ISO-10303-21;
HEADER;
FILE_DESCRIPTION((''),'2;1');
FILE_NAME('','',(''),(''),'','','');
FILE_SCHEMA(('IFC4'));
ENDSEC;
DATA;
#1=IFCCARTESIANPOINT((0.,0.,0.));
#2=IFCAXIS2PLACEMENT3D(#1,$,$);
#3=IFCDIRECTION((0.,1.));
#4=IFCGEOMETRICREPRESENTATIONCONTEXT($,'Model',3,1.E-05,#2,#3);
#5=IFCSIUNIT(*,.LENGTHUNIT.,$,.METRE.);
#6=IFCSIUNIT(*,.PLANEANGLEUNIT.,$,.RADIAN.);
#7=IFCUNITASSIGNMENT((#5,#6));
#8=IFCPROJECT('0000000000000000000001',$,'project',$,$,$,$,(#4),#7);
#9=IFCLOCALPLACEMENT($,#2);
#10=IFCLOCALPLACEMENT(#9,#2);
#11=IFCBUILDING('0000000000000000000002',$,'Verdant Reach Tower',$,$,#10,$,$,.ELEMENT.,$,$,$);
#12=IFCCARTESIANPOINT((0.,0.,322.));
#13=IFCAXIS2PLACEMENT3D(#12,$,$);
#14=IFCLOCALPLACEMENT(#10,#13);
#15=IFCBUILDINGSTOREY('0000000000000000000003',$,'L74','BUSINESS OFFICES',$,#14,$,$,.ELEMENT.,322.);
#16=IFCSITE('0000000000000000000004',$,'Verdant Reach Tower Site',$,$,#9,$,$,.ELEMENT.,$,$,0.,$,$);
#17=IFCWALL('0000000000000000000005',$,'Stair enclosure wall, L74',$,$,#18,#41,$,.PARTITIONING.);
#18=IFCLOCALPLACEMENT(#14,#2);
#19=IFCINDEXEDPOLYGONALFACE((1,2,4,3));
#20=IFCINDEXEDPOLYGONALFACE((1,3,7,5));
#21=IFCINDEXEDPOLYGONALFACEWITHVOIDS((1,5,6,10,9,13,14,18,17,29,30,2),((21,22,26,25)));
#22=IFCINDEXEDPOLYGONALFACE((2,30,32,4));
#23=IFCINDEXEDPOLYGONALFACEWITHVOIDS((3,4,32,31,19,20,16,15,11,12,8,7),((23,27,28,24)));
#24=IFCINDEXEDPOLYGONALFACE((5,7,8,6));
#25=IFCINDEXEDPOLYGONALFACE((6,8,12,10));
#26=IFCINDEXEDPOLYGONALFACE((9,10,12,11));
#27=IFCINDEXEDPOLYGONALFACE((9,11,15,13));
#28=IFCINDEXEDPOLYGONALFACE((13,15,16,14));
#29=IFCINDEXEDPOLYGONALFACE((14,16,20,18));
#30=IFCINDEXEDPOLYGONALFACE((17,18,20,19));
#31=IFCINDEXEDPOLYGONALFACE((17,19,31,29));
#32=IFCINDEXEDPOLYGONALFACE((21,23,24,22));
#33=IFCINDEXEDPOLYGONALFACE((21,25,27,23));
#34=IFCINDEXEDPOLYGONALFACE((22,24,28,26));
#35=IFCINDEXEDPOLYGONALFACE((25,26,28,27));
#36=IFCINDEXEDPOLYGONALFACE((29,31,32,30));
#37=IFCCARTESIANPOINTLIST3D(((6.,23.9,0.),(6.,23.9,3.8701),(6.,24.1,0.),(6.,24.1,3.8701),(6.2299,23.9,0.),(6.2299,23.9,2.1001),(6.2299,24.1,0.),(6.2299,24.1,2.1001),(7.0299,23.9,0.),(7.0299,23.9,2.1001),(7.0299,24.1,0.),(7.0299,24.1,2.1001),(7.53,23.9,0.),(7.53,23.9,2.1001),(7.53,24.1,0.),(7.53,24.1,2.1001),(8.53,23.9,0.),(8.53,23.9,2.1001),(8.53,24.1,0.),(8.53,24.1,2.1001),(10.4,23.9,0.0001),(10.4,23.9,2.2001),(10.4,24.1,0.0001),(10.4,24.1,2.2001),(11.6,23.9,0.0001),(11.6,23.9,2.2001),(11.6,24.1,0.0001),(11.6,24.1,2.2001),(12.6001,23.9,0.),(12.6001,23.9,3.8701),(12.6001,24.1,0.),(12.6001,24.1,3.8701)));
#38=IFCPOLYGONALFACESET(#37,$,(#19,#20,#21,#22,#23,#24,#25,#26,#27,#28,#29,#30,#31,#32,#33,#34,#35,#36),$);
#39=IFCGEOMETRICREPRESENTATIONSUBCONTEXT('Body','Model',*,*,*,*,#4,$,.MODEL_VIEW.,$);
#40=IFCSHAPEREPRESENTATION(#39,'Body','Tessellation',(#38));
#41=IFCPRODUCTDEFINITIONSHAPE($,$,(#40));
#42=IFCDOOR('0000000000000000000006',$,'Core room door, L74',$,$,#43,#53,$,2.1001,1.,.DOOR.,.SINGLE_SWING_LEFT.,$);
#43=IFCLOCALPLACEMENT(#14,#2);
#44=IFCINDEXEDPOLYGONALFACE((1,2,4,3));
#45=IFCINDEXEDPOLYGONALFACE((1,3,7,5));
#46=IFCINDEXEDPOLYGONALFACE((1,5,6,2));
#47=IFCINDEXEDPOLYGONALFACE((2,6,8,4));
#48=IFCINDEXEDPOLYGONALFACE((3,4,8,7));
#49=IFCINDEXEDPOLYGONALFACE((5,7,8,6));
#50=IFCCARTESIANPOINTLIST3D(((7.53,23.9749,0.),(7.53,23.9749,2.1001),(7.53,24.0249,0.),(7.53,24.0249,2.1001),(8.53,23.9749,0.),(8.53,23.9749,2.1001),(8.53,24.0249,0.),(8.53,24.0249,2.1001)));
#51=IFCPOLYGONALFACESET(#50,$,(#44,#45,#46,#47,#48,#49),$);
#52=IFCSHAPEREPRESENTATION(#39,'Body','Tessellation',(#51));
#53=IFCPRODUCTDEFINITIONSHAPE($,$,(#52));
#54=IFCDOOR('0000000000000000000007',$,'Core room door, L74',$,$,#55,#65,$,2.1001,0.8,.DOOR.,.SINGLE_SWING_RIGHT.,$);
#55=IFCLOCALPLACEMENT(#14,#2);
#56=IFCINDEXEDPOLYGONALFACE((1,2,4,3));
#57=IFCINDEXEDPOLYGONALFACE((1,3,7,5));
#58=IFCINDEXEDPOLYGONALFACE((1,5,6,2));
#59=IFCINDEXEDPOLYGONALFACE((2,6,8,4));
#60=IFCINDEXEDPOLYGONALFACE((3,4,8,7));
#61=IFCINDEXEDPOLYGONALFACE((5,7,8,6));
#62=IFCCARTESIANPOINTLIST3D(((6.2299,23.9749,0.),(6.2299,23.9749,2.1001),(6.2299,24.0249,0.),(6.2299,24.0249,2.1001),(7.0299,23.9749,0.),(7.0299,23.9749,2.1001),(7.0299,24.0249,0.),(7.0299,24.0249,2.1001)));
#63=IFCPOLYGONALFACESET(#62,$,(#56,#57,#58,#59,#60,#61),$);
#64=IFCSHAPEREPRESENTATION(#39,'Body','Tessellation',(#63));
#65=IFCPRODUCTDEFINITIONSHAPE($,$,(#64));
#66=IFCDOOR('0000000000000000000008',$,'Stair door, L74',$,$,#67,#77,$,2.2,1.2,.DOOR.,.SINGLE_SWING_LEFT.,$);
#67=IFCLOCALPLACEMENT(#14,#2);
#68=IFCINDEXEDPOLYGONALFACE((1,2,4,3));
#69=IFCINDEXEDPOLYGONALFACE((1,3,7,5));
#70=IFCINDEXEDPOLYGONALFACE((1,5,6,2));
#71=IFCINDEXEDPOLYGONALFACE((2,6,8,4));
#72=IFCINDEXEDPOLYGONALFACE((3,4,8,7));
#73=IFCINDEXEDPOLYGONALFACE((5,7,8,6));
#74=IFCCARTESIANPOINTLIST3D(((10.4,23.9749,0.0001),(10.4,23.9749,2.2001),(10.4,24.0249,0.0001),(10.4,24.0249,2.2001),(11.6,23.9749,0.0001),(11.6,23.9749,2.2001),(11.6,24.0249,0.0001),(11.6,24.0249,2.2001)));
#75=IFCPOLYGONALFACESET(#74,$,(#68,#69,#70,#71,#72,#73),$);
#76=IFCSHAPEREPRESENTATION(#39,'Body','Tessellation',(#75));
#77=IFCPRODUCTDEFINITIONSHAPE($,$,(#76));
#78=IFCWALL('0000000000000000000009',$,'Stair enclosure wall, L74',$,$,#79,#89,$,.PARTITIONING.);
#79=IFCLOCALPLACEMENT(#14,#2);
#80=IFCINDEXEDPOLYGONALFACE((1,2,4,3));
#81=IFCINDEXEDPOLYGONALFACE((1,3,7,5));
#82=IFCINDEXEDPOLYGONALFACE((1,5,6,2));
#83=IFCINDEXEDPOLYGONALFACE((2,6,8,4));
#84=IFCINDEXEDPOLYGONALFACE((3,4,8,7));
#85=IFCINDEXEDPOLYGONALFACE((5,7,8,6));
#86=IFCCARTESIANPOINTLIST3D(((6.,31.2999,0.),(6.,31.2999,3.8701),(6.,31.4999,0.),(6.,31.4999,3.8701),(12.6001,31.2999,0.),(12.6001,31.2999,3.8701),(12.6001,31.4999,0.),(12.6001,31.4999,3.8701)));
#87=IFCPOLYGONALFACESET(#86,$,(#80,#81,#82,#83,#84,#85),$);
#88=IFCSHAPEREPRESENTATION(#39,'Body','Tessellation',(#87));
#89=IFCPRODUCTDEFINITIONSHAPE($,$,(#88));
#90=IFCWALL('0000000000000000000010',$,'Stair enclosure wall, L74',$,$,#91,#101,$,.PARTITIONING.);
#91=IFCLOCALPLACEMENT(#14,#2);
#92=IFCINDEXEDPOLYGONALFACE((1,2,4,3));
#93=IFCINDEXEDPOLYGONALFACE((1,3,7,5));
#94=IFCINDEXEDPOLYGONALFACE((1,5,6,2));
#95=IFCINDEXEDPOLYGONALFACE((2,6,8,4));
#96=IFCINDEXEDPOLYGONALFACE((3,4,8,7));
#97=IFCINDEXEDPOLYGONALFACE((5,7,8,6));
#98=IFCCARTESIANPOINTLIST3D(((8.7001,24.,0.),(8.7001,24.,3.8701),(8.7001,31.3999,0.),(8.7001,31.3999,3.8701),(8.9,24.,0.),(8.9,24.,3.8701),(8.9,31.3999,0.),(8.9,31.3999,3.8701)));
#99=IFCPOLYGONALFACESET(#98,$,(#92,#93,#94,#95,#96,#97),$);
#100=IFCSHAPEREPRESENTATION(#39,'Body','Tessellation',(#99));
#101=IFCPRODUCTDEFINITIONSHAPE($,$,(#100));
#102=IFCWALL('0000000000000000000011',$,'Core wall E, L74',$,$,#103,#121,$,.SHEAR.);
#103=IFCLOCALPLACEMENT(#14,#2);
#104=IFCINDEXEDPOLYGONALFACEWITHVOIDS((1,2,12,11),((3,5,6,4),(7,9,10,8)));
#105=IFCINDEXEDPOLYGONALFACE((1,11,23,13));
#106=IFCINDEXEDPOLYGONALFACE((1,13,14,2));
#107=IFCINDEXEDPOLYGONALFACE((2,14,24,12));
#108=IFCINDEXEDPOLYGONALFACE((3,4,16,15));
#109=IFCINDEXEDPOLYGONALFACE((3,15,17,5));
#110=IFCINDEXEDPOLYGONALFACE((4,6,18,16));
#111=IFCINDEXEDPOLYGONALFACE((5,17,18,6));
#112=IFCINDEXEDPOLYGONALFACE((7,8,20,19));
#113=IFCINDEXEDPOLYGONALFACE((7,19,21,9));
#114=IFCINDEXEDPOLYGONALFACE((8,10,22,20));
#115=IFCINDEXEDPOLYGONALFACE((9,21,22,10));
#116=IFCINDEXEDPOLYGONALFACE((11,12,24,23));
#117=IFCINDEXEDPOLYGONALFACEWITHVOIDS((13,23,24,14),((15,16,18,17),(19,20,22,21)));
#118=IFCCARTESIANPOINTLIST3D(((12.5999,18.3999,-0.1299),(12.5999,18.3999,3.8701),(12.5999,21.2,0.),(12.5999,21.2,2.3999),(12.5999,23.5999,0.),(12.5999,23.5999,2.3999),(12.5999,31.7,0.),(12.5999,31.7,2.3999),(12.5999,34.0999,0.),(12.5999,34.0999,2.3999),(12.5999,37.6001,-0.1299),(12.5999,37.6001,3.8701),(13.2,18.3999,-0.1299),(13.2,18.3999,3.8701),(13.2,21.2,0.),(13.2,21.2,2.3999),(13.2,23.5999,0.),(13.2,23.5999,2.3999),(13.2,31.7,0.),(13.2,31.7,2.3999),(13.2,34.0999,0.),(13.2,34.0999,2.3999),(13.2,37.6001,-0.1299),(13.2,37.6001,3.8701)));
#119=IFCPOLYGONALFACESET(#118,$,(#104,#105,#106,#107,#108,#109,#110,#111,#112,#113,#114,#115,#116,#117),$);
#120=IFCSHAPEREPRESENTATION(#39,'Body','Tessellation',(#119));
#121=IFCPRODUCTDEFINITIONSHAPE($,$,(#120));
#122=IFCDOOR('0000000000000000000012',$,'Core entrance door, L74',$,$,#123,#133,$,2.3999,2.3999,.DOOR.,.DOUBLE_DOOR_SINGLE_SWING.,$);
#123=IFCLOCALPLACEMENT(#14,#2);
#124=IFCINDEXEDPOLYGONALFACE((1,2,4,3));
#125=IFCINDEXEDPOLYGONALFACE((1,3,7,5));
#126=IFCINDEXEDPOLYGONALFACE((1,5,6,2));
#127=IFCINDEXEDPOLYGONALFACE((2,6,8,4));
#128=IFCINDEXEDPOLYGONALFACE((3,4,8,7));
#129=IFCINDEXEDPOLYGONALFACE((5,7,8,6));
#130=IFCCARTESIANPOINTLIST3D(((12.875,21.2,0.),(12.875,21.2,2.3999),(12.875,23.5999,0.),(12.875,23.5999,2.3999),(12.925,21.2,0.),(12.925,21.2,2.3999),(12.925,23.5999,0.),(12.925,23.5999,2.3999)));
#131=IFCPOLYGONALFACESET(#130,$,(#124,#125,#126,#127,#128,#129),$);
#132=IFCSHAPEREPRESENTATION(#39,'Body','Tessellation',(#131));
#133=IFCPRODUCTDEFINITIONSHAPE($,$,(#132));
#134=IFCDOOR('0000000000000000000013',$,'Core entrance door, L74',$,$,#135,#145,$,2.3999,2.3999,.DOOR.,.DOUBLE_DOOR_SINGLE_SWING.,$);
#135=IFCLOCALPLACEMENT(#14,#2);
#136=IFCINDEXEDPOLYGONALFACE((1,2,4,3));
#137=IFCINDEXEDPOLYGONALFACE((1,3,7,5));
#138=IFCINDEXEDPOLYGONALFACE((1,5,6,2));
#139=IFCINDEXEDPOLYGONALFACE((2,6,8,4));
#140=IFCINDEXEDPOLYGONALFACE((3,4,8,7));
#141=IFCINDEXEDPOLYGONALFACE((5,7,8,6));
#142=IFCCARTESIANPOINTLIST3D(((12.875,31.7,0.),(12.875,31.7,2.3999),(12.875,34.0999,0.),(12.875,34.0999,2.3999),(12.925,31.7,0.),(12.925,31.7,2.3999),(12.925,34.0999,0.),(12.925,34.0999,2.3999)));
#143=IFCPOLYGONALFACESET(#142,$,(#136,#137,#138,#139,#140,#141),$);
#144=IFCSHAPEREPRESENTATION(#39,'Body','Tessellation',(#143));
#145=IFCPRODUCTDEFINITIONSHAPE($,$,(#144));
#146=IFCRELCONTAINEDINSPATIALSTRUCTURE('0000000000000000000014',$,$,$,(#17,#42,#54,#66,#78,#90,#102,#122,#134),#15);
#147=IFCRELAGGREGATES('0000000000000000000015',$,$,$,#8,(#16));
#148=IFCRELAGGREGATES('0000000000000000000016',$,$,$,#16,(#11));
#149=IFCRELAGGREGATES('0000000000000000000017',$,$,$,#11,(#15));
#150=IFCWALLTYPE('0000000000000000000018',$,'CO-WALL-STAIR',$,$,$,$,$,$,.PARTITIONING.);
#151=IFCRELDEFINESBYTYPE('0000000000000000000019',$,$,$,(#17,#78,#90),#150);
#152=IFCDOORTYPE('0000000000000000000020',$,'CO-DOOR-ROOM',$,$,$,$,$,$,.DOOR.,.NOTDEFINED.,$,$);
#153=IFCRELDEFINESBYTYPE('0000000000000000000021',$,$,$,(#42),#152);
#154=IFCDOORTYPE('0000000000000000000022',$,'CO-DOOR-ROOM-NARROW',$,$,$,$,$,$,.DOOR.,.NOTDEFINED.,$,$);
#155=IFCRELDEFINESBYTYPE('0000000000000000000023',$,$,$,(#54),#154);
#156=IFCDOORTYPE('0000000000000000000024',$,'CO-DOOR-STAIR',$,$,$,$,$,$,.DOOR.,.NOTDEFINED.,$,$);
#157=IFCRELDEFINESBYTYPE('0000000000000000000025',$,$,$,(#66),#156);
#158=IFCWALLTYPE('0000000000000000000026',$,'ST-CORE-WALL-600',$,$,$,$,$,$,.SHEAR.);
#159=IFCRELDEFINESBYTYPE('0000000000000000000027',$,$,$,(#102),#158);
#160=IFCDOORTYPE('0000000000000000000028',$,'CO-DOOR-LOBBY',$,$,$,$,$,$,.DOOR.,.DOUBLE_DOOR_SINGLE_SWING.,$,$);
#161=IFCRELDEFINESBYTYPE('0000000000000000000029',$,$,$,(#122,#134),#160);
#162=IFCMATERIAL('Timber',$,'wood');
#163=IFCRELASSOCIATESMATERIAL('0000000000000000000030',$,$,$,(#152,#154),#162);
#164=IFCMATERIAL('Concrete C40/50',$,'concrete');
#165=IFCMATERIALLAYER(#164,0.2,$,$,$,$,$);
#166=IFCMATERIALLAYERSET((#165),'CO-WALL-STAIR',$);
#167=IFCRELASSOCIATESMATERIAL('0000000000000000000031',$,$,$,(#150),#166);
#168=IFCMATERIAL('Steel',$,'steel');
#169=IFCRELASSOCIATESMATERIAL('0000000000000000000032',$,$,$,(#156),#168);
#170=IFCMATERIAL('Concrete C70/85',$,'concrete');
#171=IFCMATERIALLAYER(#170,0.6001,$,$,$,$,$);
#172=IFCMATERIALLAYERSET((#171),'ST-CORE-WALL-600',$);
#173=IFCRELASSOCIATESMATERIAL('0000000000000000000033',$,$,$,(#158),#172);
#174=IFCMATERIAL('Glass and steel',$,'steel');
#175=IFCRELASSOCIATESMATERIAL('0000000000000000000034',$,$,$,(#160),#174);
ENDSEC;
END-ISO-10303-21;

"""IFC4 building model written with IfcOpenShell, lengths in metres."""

from ifc_helpers import new_model, si_unit, direction, frame, frame_2d, origin, place, context, subcontext, project, spatial, rectangle, extrude, material, layer, layer_set, type_object, element, fill, save


model = new_model("IFC4")

# Units and contexts
model_context = context("Model", 3, precision=1e-05, world=origin(), true_north=direction((0.0, 1.0)))
body_context = subcontext(model_context, "Body", "Model", "MODEL_VIEW")
ifc_project = project(units=[si_unit("LENGTHUNIT", "METRE"), si_unit("PLANEANGLEUNIT", "RADIAN")], contexts=[model_context])

# Site, building, storey
site_placement = place(None, origin())
site = spatial("IfcSite", under=ifc_project, at=site_placement, Name="Verdant Reach Tower Site", CompositionType="ELEMENT", RefElevation=0.0)
building_placement = place(site_placement, origin())
building = spatial("IfcBuilding", under=site, at=building_placement, Name="Verdant Reach Tower", CompositionType="ELEMENT")
storey_placement = place(building_placement, frame((0.0, 0.0, 322.0)))
storey = spatial("IfcBuildingStorey", under=building, at=storey_placement, Name="L74", Description="BUSINESS OFFICES", CompositionType="ELEMENT", Elevation=322.0)

# Shared definitions
ifc_material_1 = material(Name="Timber", Category="wood")
door_type_1 = type_object("IfcDoorType", Name="CO-DOOR-ROOM", OperationType="NOTDEFINED", PredefinedType="DOOR", material=ifc_material_1)

# Shared definitions
ifc_material_2 = material(Name="Concrete C40/50", Category="concrete")

# Wall, openings, doors
ifc_layer_1 = layer(ifc_material_2, 0.2)
ifc_layer_set_1 = layer_set([ifc_layer_1], Name="CO-WALL-STAIR")
wall_type_1 = type_object("IfcWallType", Name="CO-WALL-STAIR", PredefinedType="PARTITIONING", material=ifc_layer_set_1)
wall_1_placement = place(storey_placement, frame((6.0, 24.0, 0.0), z_axis=(0.0, 0.0, 1.0), x_axis=(1.0, 0.0, 0.0)))
wall_1 = element("IfcWall", 1, at=wall_1_placement, inside=storey, type_object=wall_type_1, Name="Stair enclosure wall, L74", PredefinedType="PARTITIONING", context=body_context, shape_type="SweptSolid", body=[
    extrude(rectangle(XDim=6.6001, YDim=0.2, at=frame_2d((3.3, 0.0))), origin(), (0.0, 0.0, 1.0), 3.8701),
])
opening_1_placement = place(wall_1_placement, frame((0.23, 0.0, 0.0)))
opening_1 = element("IfcOpeningElement", 2, at=opening_1_placement, cuts=wall_1, PredefinedType="OPENING", context=body_context, shape_type="SweptSolid", body=[
    extrude(rectangle(XDim=0.8, YDim=2.1001, at=frame_2d((0.3999, 1.05))), frame((0.0, 0.1099, 0.0), z_axis=(0.0, -1.0, 0.0), x_axis=(1.0, 0.0, 0.0)), (0.0, 0.0, 1.0), 0.22),
])
opening_2_placement = place(wall_1_placement, frame((1.53, 0.0, 0.0)))
opening_2 = element("IfcOpeningElement", 3, at=opening_2_placement, cuts=wall_1, PredefinedType="OPENING", context=body_context, shape_type="SweptSolid", body=[
    extrude(rectangle(XDim=1.0, YDim=2.1001, at=frame_2d((0.5, 1.05))), frame((0.0, 0.1099, 0.0), z_axis=(0.0, -1.0, 0.0), x_axis=(1.0, 0.0, 0.0)), (0.0, 0.0, 1.0), 0.22),
])
opening_3_placement = place(wall_1_placement, frame((4.3999, 0.0, 0.0)))
opening_3 = element("IfcOpeningElement", 4, at=opening_3_placement, cuts=wall_1, PredefinedType="OPENING", context=body_context, shape_type="SweptSolid", body=[
    extrude(rectangle(XDim=1.2, YDim=2.2, at=frame_2d((0.6001, 1.1001))), frame((0.0, 0.1099, 0.0), z_axis=(0.0, -1.0, 0.0), x_axis=(1.0, 0.0, 0.0)), (0.0, 0.0, 1.0), 0.22),
])
door_1_placement = place(opening_2_placement, origin())
door_1 = element("IfcDoor", 5, at=door_1_placement, inside=storey, type_object=door_type_1, Name="Core room door, L74", OperationType="SINGLE_SWING_LEFT", OverallHeight=2.1001, OverallWidth=1.0, PredefinedType="DOOR", context=body_context, shape_type="SweptSolid", body=[
    extrude(rectangle(XDim=1.0, YDim=2.1001, at=frame_2d((0.5, 1.05))), frame((0.0, 0.0249, 0.0), z_axis=(0.0, -1.0, 0.0), x_axis=(1.0, 0.0, 0.0)), (0.0, 0.0, 1.0), 0.05),
])
fill(opening_2, door_1)
door_type_2 = type_object("IfcDoorType", Name="CO-DOOR-ROOM-NARROW", OperationType="NOTDEFINED", PredefinedType="DOOR", material=ifc_material_1)
door_2_placement = place(opening_1_placement, origin())
door_2 = element("IfcDoor", 6, at=door_2_placement, inside=storey, type_object=door_type_2, Name="Core room door, L74", OperationType="SINGLE_SWING_RIGHT", OverallHeight=2.1001, OverallWidth=0.8, PredefinedType="DOOR", context=body_context, shape_type="SweptSolid", body=[
    extrude(rectangle(XDim=0.8, YDim=2.1001, at=frame_2d((0.3999, 1.05))), frame((0.0, 0.0249, 0.0), z_axis=(0.0, -1.0, 0.0), x_axis=(1.0, 0.0, 0.0)), (0.0, 0.0, 1.0), 0.05),
])
fill(opening_1, door_2)
ifc_material_3 = material(Name="Steel", Category="steel")
door_type_3 = type_object("IfcDoorType", Name="CO-DOOR-STAIR", OperationType="NOTDEFINED", PredefinedType="DOOR", material=ifc_material_3)
door_3_placement = place(opening_3_placement, origin())
door_3 = element("IfcDoor", 7, at=door_3_placement, inside=storey, type_object=door_type_3, Name="Stair door, L74", OperationType="SINGLE_SWING_LEFT", OverallHeight=2.2, OverallWidth=1.2, PredefinedType="DOOR", context=body_context, shape_type="SweptSolid", body=[
    extrude(rectangle(XDim=1.2, YDim=2.2, at=frame_2d((0.6001, 1.1001))), frame((0.0, 0.0249, 0.0), z_axis=(0.0, -1.0, 0.0), x_axis=(1.0, 0.0, 0.0)), (0.0, 0.0, 1.0), 0.05),
])
fill(opening_3, door_3)

# Walls
wall_2_placement = place(storey_placement, frame((6.0, 31.3999, 0.0), z_axis=(0.0, 0.0, 1.0), x_axis=(1.0, 0.0, 0.0)))
element("IfcWall", 8, at=wall_2_placement, inside=storey, type_object=wall_type_1, Name="Stair enclosure wall, L74", PredefinedType="PARTITIONING", context=body_context, shape_type="SweptSolid", body=[
    extrude(rectangle(XDim=6.6001, YDim=0.2, at=frame_2d((3.3, 0.0))), origin(), (0.0, 0.0, 1.0), 3.8701),
])
wall_3_placement = place(storey_placement, frame((8.8, 24.0, 0.0), z_axis=(0.0, 0.0, 1.0), x_axis=(0.0, 1.0, 0.0)))
element("IfcWall", 9, at=wall_3_placement, inside=storey, type_object=wall_type_1, Name="Stair enclosure wall, L74", PredefinedType="PARTITIONING", context=body_context, shape_type="SweptSolid", body=[
    extrude(rectangle(XDim=7.3999, YDim=0.2, at=frame_2d((3.7, 0.0))), origin(), (0.0, 0.0, 1.0), 3.8701),
])

# Wall, openings, doors
ifc_material_4 = material(Name="Concrete C70/85", Category="concrete")
ifc_layer_2 = layer(ifc_material_4, 0.6001)
ifc_layer_set_2 = layer_set([ifc_layer_2], Name="ST-CORE-WALL-600")
wall_type_2 = type_object("IfcWallType", Name="ST-CORE-WALL-600", PredefinedType="SHEAR", material=ifc_layer_set_2)
wall_4_placement = place(storey_placement, frame((12.8999, 18.3999, -0.1299), z_axis=(0.0, 0.0, 1.0), x_axis=(0.0, 1.0, 0.0)))
wall_4 = element("IfcWall", 10, at=wall_4_placement, inside=storey, type_object=wall_type_2, Name="Core wall E, L74", PredefinedType="SHEAR", context=body_context, shape_type="SweptSolid", body=[
    extrude(rectangle(XDim=19.2002, YDim=0.6001, at=frame_2d((9.6001, 0.0))), origin(), (0.0, 0.0, 1.0), 4.0),
])
opening_4_placement = place(wall_4_placement, frame((2.8, 0.0, 0.1299)))
opening_4 = element("IfcOpeningElement", 11, at=opening_4_placement, cuts=wall_4, PredefinedType="OPENING", context=body_context, shape_type="SweptSolid", body=[
    extrude(rectangle(XDim=2.3999, YDim=2.3999, at=frame_2d((1.2, 1.2))), frame((0.0, 0.3101, 0.0), z_axis=(0.0, -1.0, 0.0), x_axis=(1.0, 0.0, 0.0)), (0.0, 0.0, 1.0), 0.6201),
])
opening_5_placement = place(wall_4_placement, frame((13.3, 0.0, 0.1299)))
opening_5 = element("IfcOpeningElement", 12, at=opening_5_placement, cuts=wall_4, PredefinedType="OPENING", context=body_context, shape_type="SweptSolid", body=[
    extrude(rectangle(XDim=2.3999, YDim=2.3999, at=frame_2d((1.2, 1.2))), frame((0.0, 0.3101, 0.0), z_axis=(0.0, -1.0, 0.0), x_axis=(1.0, 0.0, 0.0)), (0.0, 0.0, 1.0), 0.6201),
])
ifc_material_5 = material(Name="Glass and steel", Category="steel")
door_type_4 = type_object("IfcDoorType", Name="CO-DOOR-LOBBY", OperationType="DOUBLE_DOOR_SINGLE_SWING", PredefinedType="DOOR", material=ifc_material_5)
door_4_placement = place(opening_4_placement, origin())
door_4 = element("IfcDoor", 13, at=door_4_placement, inside=storey, type_object=door_type_4, Name="Core entrance door, L74", OperationType="DOUBLE_DOOR_SINGLE_SWING", OverallHeight=2.3999, OverallWidth=2.3999, PredefinedType="DOOR", context=body_context, shape_type="SweptSolid", body=[
    extrude(rectangle(XDim=2.3999, YDim=2.3999, at=frame_2d((1.2, 1.2))), frame((0.0, 0.0249, 0.0), z_axis=(0.0, -1.0, 0.0), x_axis=(1.0, 0.0, 0.0)), (0.0, 0.0, 1.0), 0.05),
])
fill(opening_4, door_4)
door_5_placement = place(opening_5_placement, origin())
door_5 = element("IfcDoor", 14, at=door_5_placement, inside=storey, type_object=door_type_4, Name="Core entrance door, L74", OperationType="DOUBLE_DOOR_SINGLE_SWING", OverallHeight=2.3999, OverallWidth=2.3999, PredefinedType="DOOR", context=body_context, shape_type="SweptSolid", body=[
    extrude(rectangle(XDim=2.3999, YDim=2.3999, at=frame_2d((1.2, 1.2))), frame((0.0, 0.0249, 0.0), z_axis=(0.0, -1.0, 0.0), x_axis=(1.0, 0.0, 0.0)), (0.0, 0.0, 1.0), 0.05),
])
fill(opening_5, door_5)

save(model, "model.ifc")
